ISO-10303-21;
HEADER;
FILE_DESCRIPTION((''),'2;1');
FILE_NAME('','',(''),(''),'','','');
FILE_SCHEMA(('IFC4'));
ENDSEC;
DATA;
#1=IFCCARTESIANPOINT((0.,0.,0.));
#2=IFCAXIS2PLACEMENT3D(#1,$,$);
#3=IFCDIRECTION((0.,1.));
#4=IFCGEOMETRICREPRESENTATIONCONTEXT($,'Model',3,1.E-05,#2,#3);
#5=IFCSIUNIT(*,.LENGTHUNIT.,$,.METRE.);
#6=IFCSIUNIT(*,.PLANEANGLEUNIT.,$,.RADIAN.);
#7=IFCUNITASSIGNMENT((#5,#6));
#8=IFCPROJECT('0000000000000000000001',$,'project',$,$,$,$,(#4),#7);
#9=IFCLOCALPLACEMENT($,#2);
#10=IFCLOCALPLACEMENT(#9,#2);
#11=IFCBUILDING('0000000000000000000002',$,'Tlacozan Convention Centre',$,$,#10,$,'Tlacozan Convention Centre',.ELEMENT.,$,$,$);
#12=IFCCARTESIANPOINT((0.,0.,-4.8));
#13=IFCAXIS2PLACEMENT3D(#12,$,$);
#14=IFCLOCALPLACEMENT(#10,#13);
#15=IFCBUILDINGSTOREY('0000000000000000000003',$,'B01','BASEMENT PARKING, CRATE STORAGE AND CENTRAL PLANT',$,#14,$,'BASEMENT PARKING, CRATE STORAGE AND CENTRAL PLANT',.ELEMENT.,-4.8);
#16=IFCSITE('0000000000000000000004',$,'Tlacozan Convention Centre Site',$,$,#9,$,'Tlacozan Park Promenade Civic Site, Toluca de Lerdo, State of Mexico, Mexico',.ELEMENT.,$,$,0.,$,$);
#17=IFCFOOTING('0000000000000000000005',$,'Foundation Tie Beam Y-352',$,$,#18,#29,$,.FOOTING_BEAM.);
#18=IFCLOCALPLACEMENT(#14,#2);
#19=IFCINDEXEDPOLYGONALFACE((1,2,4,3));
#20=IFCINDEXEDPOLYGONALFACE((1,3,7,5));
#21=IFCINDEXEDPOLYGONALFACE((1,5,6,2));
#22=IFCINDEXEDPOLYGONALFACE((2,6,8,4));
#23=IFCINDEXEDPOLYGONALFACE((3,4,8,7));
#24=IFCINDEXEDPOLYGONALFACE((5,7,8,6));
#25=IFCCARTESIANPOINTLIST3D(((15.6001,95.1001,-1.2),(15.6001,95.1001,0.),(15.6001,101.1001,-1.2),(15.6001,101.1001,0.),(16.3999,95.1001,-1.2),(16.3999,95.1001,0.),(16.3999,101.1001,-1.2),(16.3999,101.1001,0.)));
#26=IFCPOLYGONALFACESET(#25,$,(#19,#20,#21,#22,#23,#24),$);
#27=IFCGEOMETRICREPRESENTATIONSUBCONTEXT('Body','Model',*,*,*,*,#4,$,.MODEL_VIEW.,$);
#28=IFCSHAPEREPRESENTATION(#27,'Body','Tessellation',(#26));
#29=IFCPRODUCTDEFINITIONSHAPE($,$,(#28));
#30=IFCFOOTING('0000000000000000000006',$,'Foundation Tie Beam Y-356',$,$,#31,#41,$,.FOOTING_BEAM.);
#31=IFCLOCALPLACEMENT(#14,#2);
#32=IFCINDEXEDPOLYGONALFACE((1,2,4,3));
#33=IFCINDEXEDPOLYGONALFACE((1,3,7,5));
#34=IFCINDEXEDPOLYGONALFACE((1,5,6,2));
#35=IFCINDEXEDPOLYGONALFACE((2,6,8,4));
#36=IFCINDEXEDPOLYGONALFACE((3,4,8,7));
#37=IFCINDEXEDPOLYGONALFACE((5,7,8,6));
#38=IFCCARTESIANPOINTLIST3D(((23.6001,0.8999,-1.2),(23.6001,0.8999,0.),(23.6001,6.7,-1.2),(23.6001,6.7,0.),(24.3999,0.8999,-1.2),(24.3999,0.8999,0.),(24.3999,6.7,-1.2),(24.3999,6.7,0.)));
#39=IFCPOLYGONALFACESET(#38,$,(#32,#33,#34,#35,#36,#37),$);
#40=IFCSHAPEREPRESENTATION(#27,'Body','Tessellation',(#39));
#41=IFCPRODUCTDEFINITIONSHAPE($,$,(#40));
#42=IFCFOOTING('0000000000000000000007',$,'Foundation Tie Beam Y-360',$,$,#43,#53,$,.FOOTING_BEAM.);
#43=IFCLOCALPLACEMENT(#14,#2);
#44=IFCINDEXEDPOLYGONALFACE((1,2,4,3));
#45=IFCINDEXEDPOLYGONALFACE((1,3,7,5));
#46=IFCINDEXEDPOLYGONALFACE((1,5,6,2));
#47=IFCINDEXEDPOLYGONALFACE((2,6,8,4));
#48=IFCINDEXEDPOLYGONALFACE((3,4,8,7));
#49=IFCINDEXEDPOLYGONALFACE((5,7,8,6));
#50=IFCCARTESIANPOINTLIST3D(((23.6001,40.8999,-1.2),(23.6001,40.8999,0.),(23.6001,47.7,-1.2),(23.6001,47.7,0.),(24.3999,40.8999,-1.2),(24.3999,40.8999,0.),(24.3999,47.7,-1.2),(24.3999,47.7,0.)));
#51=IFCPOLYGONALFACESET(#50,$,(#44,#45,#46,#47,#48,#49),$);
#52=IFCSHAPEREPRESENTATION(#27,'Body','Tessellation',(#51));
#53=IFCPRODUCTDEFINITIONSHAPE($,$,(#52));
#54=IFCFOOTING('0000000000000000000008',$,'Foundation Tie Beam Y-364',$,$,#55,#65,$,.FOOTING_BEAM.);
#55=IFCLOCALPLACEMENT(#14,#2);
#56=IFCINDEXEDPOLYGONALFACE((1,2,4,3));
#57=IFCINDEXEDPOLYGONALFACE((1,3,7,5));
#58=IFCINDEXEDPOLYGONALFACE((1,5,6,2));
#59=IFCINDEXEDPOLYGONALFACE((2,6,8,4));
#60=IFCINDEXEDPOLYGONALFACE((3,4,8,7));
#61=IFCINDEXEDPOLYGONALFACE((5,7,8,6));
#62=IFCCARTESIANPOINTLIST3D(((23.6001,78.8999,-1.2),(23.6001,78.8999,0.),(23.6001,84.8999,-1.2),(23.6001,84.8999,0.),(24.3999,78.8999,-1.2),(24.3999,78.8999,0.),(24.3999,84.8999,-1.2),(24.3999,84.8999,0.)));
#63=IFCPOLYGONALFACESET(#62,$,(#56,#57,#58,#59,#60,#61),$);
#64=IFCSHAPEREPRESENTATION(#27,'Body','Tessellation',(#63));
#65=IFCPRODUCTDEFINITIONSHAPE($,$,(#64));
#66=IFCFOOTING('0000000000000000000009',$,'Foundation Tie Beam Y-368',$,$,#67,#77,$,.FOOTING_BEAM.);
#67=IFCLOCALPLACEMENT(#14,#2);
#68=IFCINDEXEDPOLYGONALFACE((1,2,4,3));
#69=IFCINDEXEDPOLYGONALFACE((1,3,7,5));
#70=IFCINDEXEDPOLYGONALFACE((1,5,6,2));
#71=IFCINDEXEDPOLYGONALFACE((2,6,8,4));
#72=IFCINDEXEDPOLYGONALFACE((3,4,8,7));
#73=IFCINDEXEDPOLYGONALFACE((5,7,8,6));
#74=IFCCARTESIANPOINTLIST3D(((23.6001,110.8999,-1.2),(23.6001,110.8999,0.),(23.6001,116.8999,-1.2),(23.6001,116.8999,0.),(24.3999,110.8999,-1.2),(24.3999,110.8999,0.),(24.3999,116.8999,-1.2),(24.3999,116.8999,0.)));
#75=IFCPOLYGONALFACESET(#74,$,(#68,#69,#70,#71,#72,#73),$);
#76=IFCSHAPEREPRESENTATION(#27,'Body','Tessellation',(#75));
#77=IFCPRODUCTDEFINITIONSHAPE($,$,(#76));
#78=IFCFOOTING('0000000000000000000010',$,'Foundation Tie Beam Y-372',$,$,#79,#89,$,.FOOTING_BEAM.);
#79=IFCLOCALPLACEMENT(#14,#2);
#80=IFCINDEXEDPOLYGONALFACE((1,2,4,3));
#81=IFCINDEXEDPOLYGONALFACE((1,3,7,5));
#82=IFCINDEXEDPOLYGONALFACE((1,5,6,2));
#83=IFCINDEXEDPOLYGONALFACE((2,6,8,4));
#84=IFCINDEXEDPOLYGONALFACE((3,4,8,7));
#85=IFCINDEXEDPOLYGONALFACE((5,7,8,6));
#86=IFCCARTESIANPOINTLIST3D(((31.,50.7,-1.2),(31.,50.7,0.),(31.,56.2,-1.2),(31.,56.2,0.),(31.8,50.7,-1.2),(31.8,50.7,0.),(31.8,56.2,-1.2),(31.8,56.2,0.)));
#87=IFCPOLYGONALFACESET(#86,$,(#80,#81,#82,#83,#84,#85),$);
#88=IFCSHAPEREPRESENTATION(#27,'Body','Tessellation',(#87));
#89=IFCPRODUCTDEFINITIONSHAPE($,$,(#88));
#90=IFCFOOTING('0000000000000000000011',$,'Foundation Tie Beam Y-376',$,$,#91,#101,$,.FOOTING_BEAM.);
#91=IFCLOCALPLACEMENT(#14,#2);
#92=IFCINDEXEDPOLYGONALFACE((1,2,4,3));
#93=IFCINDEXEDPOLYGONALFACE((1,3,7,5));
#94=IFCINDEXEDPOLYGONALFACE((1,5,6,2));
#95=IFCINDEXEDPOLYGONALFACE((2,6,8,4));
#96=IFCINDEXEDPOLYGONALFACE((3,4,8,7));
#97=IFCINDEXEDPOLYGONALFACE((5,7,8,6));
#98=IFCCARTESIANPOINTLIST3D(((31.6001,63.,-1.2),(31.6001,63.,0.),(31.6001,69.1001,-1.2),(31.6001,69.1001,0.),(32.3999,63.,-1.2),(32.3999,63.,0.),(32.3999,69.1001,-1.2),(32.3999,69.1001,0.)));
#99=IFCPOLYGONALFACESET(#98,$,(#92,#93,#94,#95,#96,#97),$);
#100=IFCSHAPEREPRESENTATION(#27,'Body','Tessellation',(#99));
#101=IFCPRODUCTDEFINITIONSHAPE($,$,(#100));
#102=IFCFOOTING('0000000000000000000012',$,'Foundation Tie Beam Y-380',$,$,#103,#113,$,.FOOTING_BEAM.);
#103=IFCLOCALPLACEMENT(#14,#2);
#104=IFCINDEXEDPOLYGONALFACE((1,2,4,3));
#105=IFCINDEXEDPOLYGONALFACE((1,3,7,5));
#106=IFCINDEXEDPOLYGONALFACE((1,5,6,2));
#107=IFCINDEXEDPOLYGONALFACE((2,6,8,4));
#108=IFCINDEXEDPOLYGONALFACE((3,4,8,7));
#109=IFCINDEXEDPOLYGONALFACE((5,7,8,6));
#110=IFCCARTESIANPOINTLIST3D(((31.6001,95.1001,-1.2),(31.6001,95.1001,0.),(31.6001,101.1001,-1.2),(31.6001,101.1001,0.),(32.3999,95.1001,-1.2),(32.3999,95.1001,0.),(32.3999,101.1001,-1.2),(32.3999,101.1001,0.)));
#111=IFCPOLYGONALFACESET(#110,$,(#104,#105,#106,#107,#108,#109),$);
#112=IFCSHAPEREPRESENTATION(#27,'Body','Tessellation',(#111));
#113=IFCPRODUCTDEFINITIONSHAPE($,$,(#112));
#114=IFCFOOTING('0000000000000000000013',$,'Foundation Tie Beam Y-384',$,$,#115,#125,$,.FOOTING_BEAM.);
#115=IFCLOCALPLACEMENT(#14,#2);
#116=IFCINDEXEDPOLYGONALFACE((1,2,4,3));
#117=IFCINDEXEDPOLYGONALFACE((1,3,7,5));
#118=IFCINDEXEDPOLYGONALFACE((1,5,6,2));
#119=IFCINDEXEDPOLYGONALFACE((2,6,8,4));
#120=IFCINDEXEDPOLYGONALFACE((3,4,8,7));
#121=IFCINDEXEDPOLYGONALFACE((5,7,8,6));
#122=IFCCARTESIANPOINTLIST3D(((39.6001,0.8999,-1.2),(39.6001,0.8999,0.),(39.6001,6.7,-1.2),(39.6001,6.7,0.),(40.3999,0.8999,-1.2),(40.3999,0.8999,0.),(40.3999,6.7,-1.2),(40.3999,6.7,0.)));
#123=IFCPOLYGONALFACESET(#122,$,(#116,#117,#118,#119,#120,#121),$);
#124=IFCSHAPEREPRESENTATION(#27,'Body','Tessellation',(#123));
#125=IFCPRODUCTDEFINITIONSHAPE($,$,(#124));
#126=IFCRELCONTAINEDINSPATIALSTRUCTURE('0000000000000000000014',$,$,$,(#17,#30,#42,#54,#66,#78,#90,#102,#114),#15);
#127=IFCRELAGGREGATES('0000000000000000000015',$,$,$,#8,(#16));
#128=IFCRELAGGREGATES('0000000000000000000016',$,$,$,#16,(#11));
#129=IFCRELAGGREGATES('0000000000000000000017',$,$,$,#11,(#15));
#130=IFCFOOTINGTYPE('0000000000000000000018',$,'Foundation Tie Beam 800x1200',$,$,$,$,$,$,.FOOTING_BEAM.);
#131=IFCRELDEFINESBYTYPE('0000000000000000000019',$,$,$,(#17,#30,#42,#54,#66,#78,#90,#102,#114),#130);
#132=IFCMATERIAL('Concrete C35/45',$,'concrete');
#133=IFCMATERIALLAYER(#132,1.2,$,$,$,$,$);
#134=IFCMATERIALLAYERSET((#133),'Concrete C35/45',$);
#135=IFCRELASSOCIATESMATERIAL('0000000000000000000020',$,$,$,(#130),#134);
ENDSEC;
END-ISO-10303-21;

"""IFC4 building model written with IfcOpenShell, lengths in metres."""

from ifc_helpers import new_model, si_unit, direction, frame, origin, place, context, subcontext, project, spatial, polyline, outline, extrude, material, layer, layer_set, type_object, element, save


model = new_model("IFC4")

# Units and contexts
model_context = context("Model", 3, precision=1e-05, world=origin(), true_north=direction((0.0, 1.0)))
body_context = subcontext(model_context, "Body", "Model", "MODEL_VIEW")
ifc_project = project(units=[si_unit("LENGTHUNIT", "METRE"), si_unit("PLANEANGLEUNIT", "RADIAN")], contexts=[model_context])

# Site, building, storey
site_placement = place(None, origin())
site = spatial("IfcSite", under=ifc_project, at=site_placement, Name="Tlacozan Convention Centre Site", LongName="Tlacozan Park Promenade Civic Site, Toluca de Lerdo, State of Mexico, Mexico", CompositionType="ELEMENT", RefElevation=0.0)
building_placement = place(site_placement, origin())
building = spatial("IfcBuilding", under=site, at=building_placement, Name="Tlacozan Convention Centre", LongName="Tlacozan Convention Centre", CompositionType="ELEMENT")
storey_placement = place(building_placement, frame((0.0, 0.0, -4.8)))
storey = spatial("IfcBuildingStorey", under=building, at=storey_placement, Name="B01", Description="BASEMENT PARKING, CRATE STORAGE AND CENTRAL PLANT", LongName="BASEMENT PARKING, CRATE STORAGE AND CENTRAL PLANT", CompositionType="ELEMENT", Elevation=-4.8)

# Footings
ifc_material = material(Name="Concrete C35/45", Category="concrete")
ifc_layer = layer(ifc_material, 1.2)
ifc_layer_set = layer_set([ifc_layer], Name="Concrete C35/45")
footing_type = type_object("IfcFootingType", Name="Foundation Tie Beam 800x1200", PredefinedType="FOOTING_BEAM", material=ifc_layer_set)
footing_1_placement = place(storey_placement, frame((0.0, 0.0, -1.2)))
element("IfcFooting", 1, at=footing_1_placement, inside=storey, type_object=footing_type, Name="Foundation Tie Beam Y-352", PredefinedType="FOOTING_BEAM", context=body_context, shape_type="SweptSolid", body=[
    extrude(outline(polyline([(15.6001, 95.1001), (16.3999, 95.1001), (16.3999, 101.1001), (15.6001, 101.1001), (15.6001, 95.1001)])), origin(), (0.0, 0.0, 1.0), 1.2),
])
footing_2_placement = place(storey_placement, frame((0.0, 0.0, -1.2)))
element("IfcFooting", 2, at=footing_2_placement, inside=storey, type_object=footing_type, Name="Foundation Tie Beam Y-356", PredefinedType="FOOTING_BEAM", context=body_context, shape_type="SweptSolid", body=[
    extrude(outline(polyline([(23.6001, 0.8999), (24.3999, 0.8999), (24.3999, 6.7), (23.6001, 6.7), (23.6001, 0.8999)])), origin(), (0.0, 0.0, 1.0), 1.2),
])
footing_3_placement = place(storey_placement, frame((0.0, 0.0, -1.2)))
element("IfcFooting", 3, at=footing_3_placement, inside=storey, type_object=footing_type, Name="Foundation Tie Beam Y-360", PredefinedType="FOOTING_BEAM", context=body_context, shape_type="SweptSolid", body=[
    extrude(outline(polyline([(23.6001, 40.8999), (24.3999, 40.8999), (24.3999, 47.7), (23.6001, 47.7), (23.6001, 40.8999)])), origin(), (0.0, 0.0, 1.0), 1.2),
])
footing_4_placement = place(storey_placement, frame((0.0, 0.0, -1.2)))
element("IfcFooting", 4, at=footing_4_placement, inside=storey, type_object=footing_type, Name="Foundation Tie Beam Y-364", PredefinedType="FOOTING_BEAM", context=body_context, shape_type="SweptSolid", body=[
    extrude(outline(polyline([(23.6001, 78.8999), (24.3999, 78.8999), (24.3999, 84.8999), (23.6001, 84.8999), (23.6001, 78.8999)])), origin(), (0.0, 0.0, 1.0), 1.2),
])
footing_5_placement = place(storey_placement, frame((0.0, 0.0, -1.2)))
element("IfcFooting", 5, at=footing_5_placement, inside=storey, type_object=footing_type, Name="Foundation Tie Beam Y-368", PredefinedType="FOOTING_BEAM", context=body_context, shape_type="SweptSolid", body=[
    extrude(outline(polyline([(23.6001, 110.8999), (24.3999, 110.8999), (24.3999, 116.8999), (23.6001, 116.8999), (23.6001, 110.8999)])), origin(), (0.0, 0.0, 1.0), 1.2),
])
footing_6_placement = place(storey_placement, frame((0.0, 0.0, -1.2)))
element("IfcFooting", 6, at=footing_6_placement, inside=storey, type_object=footing_type, Name="Foundation Tie Beam Y-372", PredefinedType="FOOTING_BEAM", context=body_context, shape_type="SweptSolid", body=[
    extrude(outline(polyline([(31.0, 50.7), (31.8, 50.7), (31.8, 56.2), (31.0, 56.2), (31.0, 50.7)])), origin(), (0.0, 0.0, 1.0), 1.2),
])
footing_7_placement = place(storey_placement, frame((0.0, 0.0, -1.2)))
element("IfcFooting", 7, at=footing_7_placement, inside=storey, type_object=footing_type, Name="Foundation Tie Beam Y-376", PredefinedType="FOOTING_BEAM", context=body_context, shape_type="SweptSolid", body=[
    extrude(outline(polyline([(31.6001, 63.0), (32.3999, 63.0), (32.3999, 69.1001), (31.6001, 69.1001), (31.6001, 63.0)])), origin(), (0.0, 0.0, 1.0), 1.2),
])
footing_8_placement = place(storey_placement, frame((0.0, 0.0, -1.2)))
element("IfcFooting", 8, at=footing_8_placement, inside=storey, type_object=footing_type, Name="Foundation Tie Beam Y-380", PredefinedType="FOOTING_BEAM", context=body_context, shape_type="SweptSolid", body=[
    extrude(outline(polyline([(31.6001, 95.1001), (32.3999, 95.1001), (32.3999, 101.1001), (31.6001, 101.1001), (31.6001, 95.1001)])), origin(), (0.0, 0.0, 1.0), 1.2),
])
footing_9_placement = place(storey_placement, frame((0.0, 0.0, -1.2)))
element("IfcFooting", 9, at=footing_9_placement, inside=storey, type_object=footing_type, Name="Foundation Tie Beam Y-384", PredefinedType="FOOTING_BEAM", context=body_context, shape_type="SweptSolid", body=[
    extrude(outline(polyline([(39.6001, 0.8999), (40.3999, 0.8999), (40.3999, 6.7), (39.6001, 6.7), (39.6001, 0.8999)])), origin(), (0.0, 0.0, 1.0), 1.2),
])

save(model, "model.ifc")
